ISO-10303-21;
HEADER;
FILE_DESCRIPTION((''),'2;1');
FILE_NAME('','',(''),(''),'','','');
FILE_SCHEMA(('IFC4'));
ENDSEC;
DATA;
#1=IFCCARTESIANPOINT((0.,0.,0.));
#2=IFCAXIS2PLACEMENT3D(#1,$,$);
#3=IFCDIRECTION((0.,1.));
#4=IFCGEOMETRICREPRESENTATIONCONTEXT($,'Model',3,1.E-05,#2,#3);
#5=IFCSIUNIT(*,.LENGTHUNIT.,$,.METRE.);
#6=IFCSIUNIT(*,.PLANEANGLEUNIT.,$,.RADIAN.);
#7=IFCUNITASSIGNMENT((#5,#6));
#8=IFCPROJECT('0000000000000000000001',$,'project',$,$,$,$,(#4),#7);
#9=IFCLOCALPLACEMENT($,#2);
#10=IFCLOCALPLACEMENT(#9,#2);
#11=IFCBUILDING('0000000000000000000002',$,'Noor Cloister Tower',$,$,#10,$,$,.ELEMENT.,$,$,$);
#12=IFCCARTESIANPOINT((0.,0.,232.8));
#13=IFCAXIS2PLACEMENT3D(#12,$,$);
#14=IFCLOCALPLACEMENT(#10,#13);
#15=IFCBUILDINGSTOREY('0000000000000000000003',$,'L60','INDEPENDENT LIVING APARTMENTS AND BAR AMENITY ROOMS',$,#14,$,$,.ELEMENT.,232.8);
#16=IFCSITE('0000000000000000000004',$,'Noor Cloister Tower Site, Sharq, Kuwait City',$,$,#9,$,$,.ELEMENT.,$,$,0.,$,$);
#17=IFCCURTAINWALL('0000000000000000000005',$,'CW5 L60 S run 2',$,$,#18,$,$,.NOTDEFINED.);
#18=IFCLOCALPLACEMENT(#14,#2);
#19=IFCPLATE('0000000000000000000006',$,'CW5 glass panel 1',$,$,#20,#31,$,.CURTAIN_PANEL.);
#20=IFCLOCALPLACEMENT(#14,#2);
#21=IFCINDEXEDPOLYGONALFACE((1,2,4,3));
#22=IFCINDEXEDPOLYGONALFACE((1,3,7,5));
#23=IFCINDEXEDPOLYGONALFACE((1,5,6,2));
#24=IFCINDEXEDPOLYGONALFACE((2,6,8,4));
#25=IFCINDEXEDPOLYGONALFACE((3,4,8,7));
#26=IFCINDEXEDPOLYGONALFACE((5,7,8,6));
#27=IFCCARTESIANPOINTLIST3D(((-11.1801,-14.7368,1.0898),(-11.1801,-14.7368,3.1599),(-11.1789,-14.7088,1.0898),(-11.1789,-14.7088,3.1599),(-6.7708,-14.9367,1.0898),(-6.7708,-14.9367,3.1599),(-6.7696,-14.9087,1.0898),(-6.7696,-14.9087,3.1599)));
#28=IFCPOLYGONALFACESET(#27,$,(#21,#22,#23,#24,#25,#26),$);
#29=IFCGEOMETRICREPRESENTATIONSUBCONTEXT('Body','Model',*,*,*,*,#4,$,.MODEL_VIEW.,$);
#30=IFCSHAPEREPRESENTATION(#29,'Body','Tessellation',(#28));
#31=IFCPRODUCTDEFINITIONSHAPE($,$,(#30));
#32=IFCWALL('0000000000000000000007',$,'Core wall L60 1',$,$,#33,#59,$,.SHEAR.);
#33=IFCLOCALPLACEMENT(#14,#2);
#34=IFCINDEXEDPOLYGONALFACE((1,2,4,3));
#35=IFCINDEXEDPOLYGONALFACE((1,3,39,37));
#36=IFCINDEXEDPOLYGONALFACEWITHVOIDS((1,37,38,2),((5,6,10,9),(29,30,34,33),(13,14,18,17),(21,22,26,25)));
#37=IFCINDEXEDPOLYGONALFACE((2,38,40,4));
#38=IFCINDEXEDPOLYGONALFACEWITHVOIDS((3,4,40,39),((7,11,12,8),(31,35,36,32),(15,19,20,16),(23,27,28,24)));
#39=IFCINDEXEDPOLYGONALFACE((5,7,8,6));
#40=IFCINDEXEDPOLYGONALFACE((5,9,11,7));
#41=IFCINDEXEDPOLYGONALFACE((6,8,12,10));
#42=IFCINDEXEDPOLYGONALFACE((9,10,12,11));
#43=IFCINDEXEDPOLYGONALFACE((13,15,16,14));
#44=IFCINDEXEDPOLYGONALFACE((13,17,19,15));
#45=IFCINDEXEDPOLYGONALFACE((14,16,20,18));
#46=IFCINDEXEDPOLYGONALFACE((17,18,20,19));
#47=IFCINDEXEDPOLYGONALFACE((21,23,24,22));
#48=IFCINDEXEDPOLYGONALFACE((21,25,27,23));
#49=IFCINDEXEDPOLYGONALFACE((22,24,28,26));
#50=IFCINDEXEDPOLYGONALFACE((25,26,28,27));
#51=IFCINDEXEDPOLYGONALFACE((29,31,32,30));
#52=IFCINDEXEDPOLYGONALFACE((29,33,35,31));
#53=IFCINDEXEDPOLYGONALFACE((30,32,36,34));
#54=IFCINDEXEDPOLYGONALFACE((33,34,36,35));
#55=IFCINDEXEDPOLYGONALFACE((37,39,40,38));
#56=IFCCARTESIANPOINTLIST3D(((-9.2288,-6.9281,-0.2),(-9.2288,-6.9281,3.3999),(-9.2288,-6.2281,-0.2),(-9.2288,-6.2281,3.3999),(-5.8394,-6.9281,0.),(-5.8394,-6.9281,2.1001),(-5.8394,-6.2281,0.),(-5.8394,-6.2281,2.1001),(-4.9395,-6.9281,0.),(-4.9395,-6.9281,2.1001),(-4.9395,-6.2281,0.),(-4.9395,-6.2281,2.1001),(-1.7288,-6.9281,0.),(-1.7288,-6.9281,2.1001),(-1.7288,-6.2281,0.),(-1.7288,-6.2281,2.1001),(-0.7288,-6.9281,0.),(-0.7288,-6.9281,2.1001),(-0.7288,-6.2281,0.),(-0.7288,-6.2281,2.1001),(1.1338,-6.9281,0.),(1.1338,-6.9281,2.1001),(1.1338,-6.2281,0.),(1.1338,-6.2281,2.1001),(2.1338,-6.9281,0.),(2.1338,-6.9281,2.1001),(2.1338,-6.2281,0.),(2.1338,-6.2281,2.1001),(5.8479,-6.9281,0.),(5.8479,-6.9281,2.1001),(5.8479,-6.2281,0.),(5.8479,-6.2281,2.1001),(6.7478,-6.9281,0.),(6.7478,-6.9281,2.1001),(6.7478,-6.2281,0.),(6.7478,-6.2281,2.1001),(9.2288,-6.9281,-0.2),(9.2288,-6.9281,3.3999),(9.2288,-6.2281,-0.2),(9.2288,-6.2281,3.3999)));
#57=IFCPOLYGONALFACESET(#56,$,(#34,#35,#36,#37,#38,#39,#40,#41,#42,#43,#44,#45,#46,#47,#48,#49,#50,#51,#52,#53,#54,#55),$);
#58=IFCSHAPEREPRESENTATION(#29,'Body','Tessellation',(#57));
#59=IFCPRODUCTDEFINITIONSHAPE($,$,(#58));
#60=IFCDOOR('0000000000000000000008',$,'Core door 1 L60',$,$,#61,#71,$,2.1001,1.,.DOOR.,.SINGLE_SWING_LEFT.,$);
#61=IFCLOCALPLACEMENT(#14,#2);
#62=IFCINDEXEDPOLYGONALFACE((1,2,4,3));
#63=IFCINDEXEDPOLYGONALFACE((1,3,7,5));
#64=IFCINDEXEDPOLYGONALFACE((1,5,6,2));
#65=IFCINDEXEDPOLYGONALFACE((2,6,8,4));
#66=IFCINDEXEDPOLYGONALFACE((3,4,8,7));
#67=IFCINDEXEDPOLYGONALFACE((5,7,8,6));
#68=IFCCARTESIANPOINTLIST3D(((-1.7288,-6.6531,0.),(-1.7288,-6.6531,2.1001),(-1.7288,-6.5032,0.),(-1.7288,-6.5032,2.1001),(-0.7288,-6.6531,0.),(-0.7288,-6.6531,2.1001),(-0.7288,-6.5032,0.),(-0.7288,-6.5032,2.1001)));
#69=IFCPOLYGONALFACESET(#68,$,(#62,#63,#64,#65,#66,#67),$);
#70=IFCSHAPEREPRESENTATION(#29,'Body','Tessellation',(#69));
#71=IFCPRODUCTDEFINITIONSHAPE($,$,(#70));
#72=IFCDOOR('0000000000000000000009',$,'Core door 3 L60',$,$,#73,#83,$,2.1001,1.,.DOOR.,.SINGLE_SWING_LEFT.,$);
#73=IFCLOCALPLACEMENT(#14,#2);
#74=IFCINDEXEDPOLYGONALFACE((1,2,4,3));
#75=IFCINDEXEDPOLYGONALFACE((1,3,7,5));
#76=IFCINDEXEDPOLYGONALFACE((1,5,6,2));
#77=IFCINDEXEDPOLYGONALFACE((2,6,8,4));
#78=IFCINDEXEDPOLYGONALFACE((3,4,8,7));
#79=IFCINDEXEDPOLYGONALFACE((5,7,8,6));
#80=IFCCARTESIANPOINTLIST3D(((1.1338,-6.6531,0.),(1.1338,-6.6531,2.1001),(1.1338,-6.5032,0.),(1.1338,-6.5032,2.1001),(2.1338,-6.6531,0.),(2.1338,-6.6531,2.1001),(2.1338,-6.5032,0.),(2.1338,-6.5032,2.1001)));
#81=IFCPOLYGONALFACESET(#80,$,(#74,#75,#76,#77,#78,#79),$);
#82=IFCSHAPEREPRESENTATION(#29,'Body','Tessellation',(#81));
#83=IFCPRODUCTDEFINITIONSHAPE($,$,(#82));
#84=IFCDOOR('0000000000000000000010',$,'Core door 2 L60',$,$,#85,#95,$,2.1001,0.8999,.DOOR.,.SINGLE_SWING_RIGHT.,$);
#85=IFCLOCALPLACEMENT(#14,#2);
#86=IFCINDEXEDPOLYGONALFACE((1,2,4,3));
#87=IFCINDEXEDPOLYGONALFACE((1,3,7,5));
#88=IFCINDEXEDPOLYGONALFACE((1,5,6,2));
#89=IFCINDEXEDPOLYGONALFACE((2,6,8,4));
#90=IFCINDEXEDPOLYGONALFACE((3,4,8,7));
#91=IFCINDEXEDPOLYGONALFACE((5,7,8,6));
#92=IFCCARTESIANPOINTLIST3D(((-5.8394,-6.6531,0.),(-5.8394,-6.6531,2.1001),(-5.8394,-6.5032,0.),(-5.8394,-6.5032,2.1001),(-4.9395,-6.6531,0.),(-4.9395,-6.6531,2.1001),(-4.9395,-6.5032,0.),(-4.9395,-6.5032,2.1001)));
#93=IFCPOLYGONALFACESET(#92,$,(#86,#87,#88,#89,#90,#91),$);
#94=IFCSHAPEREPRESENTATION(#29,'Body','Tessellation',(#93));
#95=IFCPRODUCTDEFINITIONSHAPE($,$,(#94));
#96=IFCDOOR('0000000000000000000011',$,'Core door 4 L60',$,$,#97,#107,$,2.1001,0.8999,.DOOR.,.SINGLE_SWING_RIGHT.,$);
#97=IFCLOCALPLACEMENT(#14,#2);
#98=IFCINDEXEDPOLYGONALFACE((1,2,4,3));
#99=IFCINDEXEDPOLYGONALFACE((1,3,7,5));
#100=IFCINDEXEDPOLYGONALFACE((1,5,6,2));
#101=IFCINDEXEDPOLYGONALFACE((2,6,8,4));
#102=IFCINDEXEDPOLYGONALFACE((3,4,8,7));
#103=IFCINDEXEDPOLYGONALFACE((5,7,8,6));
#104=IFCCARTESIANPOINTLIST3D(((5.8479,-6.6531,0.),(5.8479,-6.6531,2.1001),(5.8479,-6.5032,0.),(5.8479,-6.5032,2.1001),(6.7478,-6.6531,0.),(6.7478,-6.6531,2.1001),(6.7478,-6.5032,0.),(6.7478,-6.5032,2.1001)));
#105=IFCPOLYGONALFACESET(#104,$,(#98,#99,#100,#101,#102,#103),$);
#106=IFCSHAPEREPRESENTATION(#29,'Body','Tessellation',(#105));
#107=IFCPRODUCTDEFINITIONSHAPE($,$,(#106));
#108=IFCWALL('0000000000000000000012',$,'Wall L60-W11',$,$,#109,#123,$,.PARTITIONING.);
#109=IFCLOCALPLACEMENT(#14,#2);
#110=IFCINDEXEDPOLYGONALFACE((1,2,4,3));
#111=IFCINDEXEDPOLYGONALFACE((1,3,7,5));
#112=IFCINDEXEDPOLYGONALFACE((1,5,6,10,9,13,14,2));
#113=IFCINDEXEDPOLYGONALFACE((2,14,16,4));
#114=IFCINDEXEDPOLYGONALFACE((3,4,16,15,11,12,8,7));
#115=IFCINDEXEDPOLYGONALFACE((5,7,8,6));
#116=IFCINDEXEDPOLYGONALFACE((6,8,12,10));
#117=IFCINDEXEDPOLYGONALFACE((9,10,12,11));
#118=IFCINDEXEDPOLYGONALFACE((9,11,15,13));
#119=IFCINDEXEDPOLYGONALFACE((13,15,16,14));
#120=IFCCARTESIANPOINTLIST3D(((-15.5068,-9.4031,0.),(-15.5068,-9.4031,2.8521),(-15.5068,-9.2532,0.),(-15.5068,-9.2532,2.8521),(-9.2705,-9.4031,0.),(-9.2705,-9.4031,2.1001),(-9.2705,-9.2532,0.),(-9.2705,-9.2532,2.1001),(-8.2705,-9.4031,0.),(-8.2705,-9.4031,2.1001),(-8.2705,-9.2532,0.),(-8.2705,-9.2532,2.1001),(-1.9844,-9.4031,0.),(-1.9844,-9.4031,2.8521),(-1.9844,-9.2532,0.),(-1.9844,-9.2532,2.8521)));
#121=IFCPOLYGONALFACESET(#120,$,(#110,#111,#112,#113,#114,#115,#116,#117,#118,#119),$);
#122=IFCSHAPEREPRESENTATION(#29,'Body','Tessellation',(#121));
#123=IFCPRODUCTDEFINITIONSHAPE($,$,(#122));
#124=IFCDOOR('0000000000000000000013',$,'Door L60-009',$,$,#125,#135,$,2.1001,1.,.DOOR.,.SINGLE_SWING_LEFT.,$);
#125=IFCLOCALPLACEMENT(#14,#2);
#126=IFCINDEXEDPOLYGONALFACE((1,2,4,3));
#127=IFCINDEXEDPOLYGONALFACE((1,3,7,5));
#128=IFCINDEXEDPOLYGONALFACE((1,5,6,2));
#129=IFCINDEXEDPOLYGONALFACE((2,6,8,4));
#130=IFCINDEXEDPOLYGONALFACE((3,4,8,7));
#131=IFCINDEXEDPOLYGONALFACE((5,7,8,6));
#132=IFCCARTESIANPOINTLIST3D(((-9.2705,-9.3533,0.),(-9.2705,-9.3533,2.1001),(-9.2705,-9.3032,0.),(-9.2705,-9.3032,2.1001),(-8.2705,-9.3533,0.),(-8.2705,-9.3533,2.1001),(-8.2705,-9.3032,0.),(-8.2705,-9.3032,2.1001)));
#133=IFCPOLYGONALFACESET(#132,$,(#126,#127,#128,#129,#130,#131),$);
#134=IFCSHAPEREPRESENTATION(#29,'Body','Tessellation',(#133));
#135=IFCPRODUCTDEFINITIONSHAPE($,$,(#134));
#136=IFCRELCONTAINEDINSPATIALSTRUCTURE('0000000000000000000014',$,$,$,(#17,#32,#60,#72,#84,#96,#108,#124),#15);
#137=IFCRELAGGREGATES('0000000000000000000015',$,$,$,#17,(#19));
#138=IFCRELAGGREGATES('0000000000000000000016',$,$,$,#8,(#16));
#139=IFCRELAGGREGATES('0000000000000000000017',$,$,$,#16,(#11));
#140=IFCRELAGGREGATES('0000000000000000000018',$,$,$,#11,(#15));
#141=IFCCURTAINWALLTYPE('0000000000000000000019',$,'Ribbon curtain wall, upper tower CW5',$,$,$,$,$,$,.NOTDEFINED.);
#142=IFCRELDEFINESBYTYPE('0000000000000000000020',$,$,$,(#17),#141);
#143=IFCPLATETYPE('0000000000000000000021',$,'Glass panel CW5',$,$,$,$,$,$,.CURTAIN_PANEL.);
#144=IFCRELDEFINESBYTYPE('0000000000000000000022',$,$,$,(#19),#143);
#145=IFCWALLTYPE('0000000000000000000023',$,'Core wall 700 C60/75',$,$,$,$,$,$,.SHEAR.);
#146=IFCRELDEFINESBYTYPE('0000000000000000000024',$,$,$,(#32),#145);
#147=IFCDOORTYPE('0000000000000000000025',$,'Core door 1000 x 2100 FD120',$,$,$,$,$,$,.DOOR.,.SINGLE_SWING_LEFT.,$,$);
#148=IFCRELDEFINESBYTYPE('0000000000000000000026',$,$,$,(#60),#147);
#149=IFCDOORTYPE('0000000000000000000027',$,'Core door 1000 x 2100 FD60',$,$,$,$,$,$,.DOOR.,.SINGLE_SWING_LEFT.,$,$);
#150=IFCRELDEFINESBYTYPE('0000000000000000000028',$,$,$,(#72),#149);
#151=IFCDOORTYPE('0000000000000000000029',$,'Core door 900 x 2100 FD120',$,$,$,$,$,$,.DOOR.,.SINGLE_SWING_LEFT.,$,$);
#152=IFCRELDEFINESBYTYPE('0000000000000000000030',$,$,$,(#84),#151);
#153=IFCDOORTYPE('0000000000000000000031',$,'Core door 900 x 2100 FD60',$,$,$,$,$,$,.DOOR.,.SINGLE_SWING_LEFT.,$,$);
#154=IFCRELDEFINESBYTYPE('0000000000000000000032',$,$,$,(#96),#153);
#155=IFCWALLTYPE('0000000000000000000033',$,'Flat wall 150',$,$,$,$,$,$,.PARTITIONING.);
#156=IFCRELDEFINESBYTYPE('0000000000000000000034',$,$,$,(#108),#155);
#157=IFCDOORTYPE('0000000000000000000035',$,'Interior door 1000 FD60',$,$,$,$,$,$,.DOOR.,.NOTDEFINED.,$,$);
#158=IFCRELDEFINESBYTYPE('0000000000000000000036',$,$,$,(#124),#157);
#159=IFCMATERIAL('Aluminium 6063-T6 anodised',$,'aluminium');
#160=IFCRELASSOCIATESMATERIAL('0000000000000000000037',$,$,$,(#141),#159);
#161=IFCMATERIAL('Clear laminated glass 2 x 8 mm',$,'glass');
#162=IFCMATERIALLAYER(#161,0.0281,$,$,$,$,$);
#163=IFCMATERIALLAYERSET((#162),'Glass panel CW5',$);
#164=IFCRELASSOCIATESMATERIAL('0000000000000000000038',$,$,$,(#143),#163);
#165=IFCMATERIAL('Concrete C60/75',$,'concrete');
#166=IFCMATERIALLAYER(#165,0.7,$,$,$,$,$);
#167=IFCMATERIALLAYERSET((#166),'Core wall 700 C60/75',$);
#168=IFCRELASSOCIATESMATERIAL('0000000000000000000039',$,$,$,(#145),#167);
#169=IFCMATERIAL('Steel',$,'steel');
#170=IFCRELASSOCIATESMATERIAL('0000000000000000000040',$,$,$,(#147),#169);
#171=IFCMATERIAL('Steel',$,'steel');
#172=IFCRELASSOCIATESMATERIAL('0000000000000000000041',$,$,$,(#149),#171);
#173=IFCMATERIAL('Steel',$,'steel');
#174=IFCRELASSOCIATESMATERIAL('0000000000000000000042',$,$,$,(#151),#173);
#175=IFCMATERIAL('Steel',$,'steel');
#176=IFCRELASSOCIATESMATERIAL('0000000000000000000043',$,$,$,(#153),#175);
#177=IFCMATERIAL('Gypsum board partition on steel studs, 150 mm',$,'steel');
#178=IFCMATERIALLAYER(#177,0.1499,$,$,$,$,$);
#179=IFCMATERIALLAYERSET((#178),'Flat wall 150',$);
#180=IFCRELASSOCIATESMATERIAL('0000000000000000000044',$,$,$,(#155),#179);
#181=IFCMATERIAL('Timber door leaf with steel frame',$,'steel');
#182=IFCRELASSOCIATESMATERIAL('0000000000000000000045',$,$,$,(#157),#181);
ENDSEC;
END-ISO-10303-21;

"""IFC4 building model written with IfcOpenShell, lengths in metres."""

from ifc_helpers import new_model, si_unit, direction, frame, frame_2d, origin, origin_2d, place, context, subcontext, project, spatial, rectangle, extrude, material, layer, layer_set, type_object, element, fill, aggregate, save


model = new_model("IFC4")

# Units and contexts
model_context = context("Model", 3, precision=1e-05, world=origin(), true_north=direction((0.0, 1.0)))
body_context = subcontext(model_context, "Body", "Model", "MODEL_VIEW")
ifc_project = project(units=[si_unit("LENGTHUNIT", "METRE"), si_unit("PLANEANGLEUNIT", "RADIAN")], contexts=[model_context])

# Site, building, storey
site_placement = place(None, origin())
site = spatial("IfcSite", under=ifc_project, at=site_placement, Name="Noor Cloister Tower Site, Sharq, Kuwait City", CompositionType="ELEMENT", RefElevation=0.0)
building_placement = place(site_placement, origin())
building = spatial("IfcBuilding", under=site, at=building_placement, Name="Noor Cloister Tower", CompositionType="ELEMENT")
storey_placement = place(building_placement, frame((0.0, 0.0, 232.8)))
storey = spatial("IfcBuildingStorey", under=building, at=storey_placement, Name="L60", Description="INDEPENDENT LIVING APARTMENTS AND BAR AMENITY ROOMS", CompositionType="ELEMENT", Elevation=232.8)

# Curtain wall
ifc_material_1 = material(Name="Aluminium 6063-T6 anodised", Category="aluminium")
curtain_wall_type = type_object("IfcCurtainWallType", Name="Ribbon curtain wall, upper tower CW5", PredefinedType="NOTDEFINED", material=ifc_material_1)
curtain_wall_placement = place(storey_placement, origin())
curtain_wall = element("IfcCurtainWall", 1, at=curtain_wall_placement, inside=storey, type_object=curtain_wall_type, Name="CW5 L60 S run 2", PredefinedType="NOTDEFINED")

# Plate
ifc_material_2 = material(Name="Clear laminated glass 2 x 8 mm", Category="glass")
ifc_layer_1 = layer(ifc_material_2, 0.0281)
ifc_layer_set_1 = layer_set([ifc_layer_1], Name="Glass panel CW5")
plate_type = type_object("IfcPlateType", Name="Glass panel CW5", PredefinedType="CURTAIN_PANEL", material=ifc_layer_set_1)
plate_placement = place(storey_placement, frame((-8.9749, -14.8228, 1.0898), z_axis=(0.0, 0.0, 1.0), x_axis=(0.998974, -0.045286, 0.0)))
plate = element("IfcPlate", 2, at=plate_placement, type_object=plate_type, Name="CW5 glass panel 1", PredefinedType="CURTAIN_PANEL", context=body_context, shape_type="SweptSolid", body=[
    extrude(rectangle(XDim=4.4138, YDim=0.0281, at=origin_2d()), origin(), (0.0, 0.0, 1.0), 2.0701),
])
aggregate(curtain_wall, [plate])

# Wall, openings, doors
ifc_material_3 = material(Name="Concrete C60/75", Category="concrete")
ifc_layer_2 = layer(ifc_material_3, 0.7)
ifc_layer_set_2 = layer_set([ifc_layer_2], Name="Core wall 700 C60/75")
wall_type_1 = type_object("IfcWallType", Name="Core wall 700 C60/75", PredefinedType="SHEAR", material=ifc_layer_set_2)
wall_1_placement = place(storey_placement, frame((-9.2288, -6.5781, -0.2), z_axis=(0.0, 0.0, 1.0), x_axis=(1.0, 0.0, 0.0)))
wall_1 = element("IfcWall", 3, at=wall_1_placement, inside=storey, type_object=wall_type_1, Name="Core wall L60 1", PredefinedType="SHEAR", context=body_context, shape_type="SweptSolid", body=[
    extrude(rectangle(XDim=18.4575, YDim=0.7, at=frame_2d((9.2288, 0.0))), origin(), (0.0, 0.0, 1.0), 3.5999),
])
opening_1_placement = place(wall_1_placement, frame((7.5, 0.0, 0.2)))
opening_1 = element("IfcOpeningElement", 4, at=opening_1_placement, cuts=wall_1, PredefinedType="OPENING", context=body_context, shape_type="SweptSolid", body=[
    extrude(rectangle(XDim=1.0, YDim=2.1001, at=frame_2d((0.5, 1.05))), frame((0.0, 0.3599, 0.0), z_axis=(0.0, -1.0, 0.0), x_axis=(1.0, 0.0, 0.0)), (0.0, 0.0, 1.0), 0.72),
])
opening_2_placement = place(wall_1_placement, frame((3.3894, 0.0, 0.2)))
opening_2 = element("IfcOpeningElement", 5, at=opening_2_placement, cuts=wall_1, PredefinedType="OPENING", context=body_context, shape_type="SweptSolid", body=[
    extrude(rectangle(XDim=0.8999, YDim=2.1001, at=frame_2d((0.45, 1.05))), frame((0.0, 0.3599, 0.0), z_axis=(0.0, -1.0, 0.0), x_axis=(1.0, 0.0, 0.0)), (0.0, 0.0, 1.0), 0.72),
])
opening_3_placement = place(wall_1_placement, frame((10.3625, 0.0, 0.2)))
opening_3 = element("IfcOpeningElement", 6, at=opening_3_placement, cuts=wall_1, PredefinedType="OPENING", context=body_context, shape_type="SweptSolid", body=[
    extrude(rectangle(XDim=1.0, YDim=2.1001, at=frame_2d((0.5, 1.05))), frame((0.0, 0.3599, 0.0), z_axis=(0.0, -1.0, 0.0), x_axis=(1.0, 0.0, 0.0)), (0.0, 0.0, 1.0), 0.72),
])
opening_4_placement = place(wall_1_placement, frame((15.0767, 0.0, 0.2)))
opening_4 = element("IfcOpeningElement", 7, at=opening_4_placement, cuts=wall_1, PredefinedType="OPENING", context=body_context, shape_type="SweptSolid", body=[
    extrude(rectangle(XDim=0.8999, YDim=2.1001, at=frame_2d((0.45, 1.05))), frame((0.0, 0.3599, 0.0), z_axis=(0.0, -1.0, 0.0), x_axis=(1.0, 0.0, 0.0)), (0.0, 0.0, 1.0), 0.72),
])
ifc_material_4 = material(Name="Steel", Category="steel")
door_type_1 = type_object("IfcDoorType", Name="Core door 1000 x 2100 FD120", OperationType="SINGLE_SWING_LEFT", PredefinedType="DOOR", material=ifc_material_4)
door_1_placement = place(opening_1_placement, origin())
door_1 = element("IfcDoor", 8, at=door_1_placement, inside=storey, type_object=door_type_1, Name="Core door 1 L60", OperationType="SINGLE_SWING_LEFT", OverallHeight=2.1001, OverallWidth=1.0, PredefinedType="DOOR", context=body_context, shape_type="SweptSolid", body=[
    extrude(rectangle(XDim=1.0, YDim=2.1001, at=frame_2d((0.5, 1.05))), frame((0.0, 0.075, 0.0), z_axis=(0.0, -1.0, 0.0), x_axis=(1.0, 0.0, 0.0)), (0.0, 0.0, 1.0), 0.1499),
])
fill(opening_1, door_1)
ifc_material_5 = material(Name="Steel", Category="steel")
door_type_2 = type_object("IfcDoorType", Name="Core door 1000 x 2100 FD60", OperationType="SINGLE_SWING_LEFT", PredefinedType="DOOR", material=ifc_material_5)
door_2_placement = place(opening_3_placement, origin())
door_2 = element("IfcDoor", 9, at=door_2_placement, inside=storey, type_object=door_type_2, Name="Core door 3 L60", OperationType="SINGLE_SWING_LEFT", OverallHeight=2.1001, OverallWidth=1.0, PredefinedType="DOOR", context=body_context, shape_type="SweptSolid", body=[
    extrude(rectangle(XDim=1.0, YDim=2.1001, at=frame_2d((0.5, 1.05))), frame((0.0, 0.075, 0.0), z_axis=(0.0, -1.0, 0.0), x_axis=(1.0, 0.0, 0.0)), (0.0, 0.0, 1.0), 0.1499),
])
fill(opening_3, door_2)
ifc_material_6 = material(Name="Steel", Category="steel")
door_type_3 = type_object("IfcDoorType", Name="Core door 900 x 2100 FD120", OperationType="SINGLE_SWING_LEFT", PredefinedType="DOOR", material=ifc_material_6)
door_3_placement = place(opening_2_placement, origin())
door_3 = element("IfcDoor", 10, at=door_3_placement, inside=storey, type_object=door_type_3, Name="Core door 2 L60", OperationType="SINGLE_SWING_RIGHT", OverallHeight=2.1001, OverallWidth=0.8999, PredefinedType="DOOR", context=body_context, shape_type="SweptSolid", body=[
    extrude(rectangle(XDim=0.8999, YDim=2.1001, at=frame_2d((0.45, 1.05))), frame((0.0, 0.075, 0.0), z_axis=(0.0, -1.0, 0.0), x_axis=(1.0, 0.0, 0.0)), (0.0, 0.0, 1.0), 0.1499),
])
fill(opening_2, door_3)
ifc_material_7 = material(Name="Steel", Category="steel")
door_type_4 = type_object("IfcDoorType", Name="Core door 900 x 2100 FD60", OperationType="SINGLE_SWING_LEFT", PredefinedType="DOOR", material=ifc_material_7)
door_4_placement = place(opening_4_placement, origin())
door_4 = element("IfcDoor", 11, at=door_4_placement, inside=storey, type_object=door_type_4, Name="Core door 4 L60", OperationType="SINGLE_SWING_RIGHT", OverallHeight=2.1001, OverallWidth=0.8999, PredefinedType="DOOR", context=body_context, shape_type="SweptSolid", body=[
    extrude(rectangle(XDim=0.8999, YDim=2.1001, at=frame_2d((0.45, 1.05))), frame((0.0, 0.075, 0.0), z_axis=(0.0, -1.0, 0.0), x_axis=(1.0, 0.0, 0.0)), (0.0, 0.0, 1.0), 0.1499),
])
fill(opening_4, door_4)

# Wall, opening, door
ifc_material_8 = material(Name="Gypsum board partition on steel studs, 150 mm", Category="steel")
ifc_layer_3 = layer(ifc_material_8, 0.1499)
ifc_layer_set_3 = layer_set([ifc_layer_3], Name="Flat wall 150")
wall_type_2 = type_object("IfcWallType", Name="Flat wall 150", PredefinedType="PARTITIONING", material=ifc_layer_set_3)
wall_2_placement = place(storey_placement, frame((-15.5068, -9.3281, 0.0), z_axis=(0.0, 0.0, 1.0), x_axis=(1.0, 0.0, 0.0)))
wall_2 = element("IfcWall", 12, at=wall_2_placement, inside=storey, type_object=wall_type_2, Name="Wall L60-W11", PredefinedType="PARTITIONING", context=body_context, shape_type="SweptSolid", body=[
    extrude(rectangle(XDim=13.5225, YDim=0.1499, at=frame_2d((6.7612, 0.0))), origin(), (0.0, 0.0, 1.0), 2.8521),
])
opening_5_placement = place(wall_2_placement, frame((6.2363, 0.0, 0.0)))
opening_5 = element("IfcOpeningElement", 13, at=opening_5_placement, cuts=wall_2, PredefinedType="OPENING", context=body_context, shape_type="SweptSolid", body=[
    extrude(rectangle(XDim=1.0, YDim=2.1001, at=frame_2d((0.5, 1.05))), frame((0.0, 0.085, 0.0), z_axis=(0.0, -1.0, 0.0), x_axis=(1.0, 0.0, 0.0)), (0.0, 0.0, 1.0), 0.1699),
])
ifc_material_9 = material(Name="Timber door leaf with steel frame", Category="steel")
door_type_5 = type_object("IfcDoorType", Name="Interior door 1000 FD60", OperationType="NOTDEFINED", PredefinedType="DOOR", material=ifc_material_9)
door_5_placement = place(opening_5_placement, origin())
door_5 = element("IfcDoor", 14, at=door_5_placement, inside=storey, type_object=door_type_5, Name="Door L60-009", OperationType="SINGLE_SWING_LEFT", OverallHeight=2.1001, OverallWidth=1.0, PredefinedType="DOOR", context=body_context, shape_type="SweptSolid", body=[
    extrude(rectangle(XDim=1.0, YDim=2.1001, at=frame_2d((0.5, 1.05))), frame((0.0, 0.0249, 0.0), z_axis=(0.0, -1.0, 0.0), x_axis=(1.0, 0.0, 0.0)), (0.0, 0.0, 1.0), 0.05),
])
fill(opening_5, door_5)

save(model, "model.ifc")
